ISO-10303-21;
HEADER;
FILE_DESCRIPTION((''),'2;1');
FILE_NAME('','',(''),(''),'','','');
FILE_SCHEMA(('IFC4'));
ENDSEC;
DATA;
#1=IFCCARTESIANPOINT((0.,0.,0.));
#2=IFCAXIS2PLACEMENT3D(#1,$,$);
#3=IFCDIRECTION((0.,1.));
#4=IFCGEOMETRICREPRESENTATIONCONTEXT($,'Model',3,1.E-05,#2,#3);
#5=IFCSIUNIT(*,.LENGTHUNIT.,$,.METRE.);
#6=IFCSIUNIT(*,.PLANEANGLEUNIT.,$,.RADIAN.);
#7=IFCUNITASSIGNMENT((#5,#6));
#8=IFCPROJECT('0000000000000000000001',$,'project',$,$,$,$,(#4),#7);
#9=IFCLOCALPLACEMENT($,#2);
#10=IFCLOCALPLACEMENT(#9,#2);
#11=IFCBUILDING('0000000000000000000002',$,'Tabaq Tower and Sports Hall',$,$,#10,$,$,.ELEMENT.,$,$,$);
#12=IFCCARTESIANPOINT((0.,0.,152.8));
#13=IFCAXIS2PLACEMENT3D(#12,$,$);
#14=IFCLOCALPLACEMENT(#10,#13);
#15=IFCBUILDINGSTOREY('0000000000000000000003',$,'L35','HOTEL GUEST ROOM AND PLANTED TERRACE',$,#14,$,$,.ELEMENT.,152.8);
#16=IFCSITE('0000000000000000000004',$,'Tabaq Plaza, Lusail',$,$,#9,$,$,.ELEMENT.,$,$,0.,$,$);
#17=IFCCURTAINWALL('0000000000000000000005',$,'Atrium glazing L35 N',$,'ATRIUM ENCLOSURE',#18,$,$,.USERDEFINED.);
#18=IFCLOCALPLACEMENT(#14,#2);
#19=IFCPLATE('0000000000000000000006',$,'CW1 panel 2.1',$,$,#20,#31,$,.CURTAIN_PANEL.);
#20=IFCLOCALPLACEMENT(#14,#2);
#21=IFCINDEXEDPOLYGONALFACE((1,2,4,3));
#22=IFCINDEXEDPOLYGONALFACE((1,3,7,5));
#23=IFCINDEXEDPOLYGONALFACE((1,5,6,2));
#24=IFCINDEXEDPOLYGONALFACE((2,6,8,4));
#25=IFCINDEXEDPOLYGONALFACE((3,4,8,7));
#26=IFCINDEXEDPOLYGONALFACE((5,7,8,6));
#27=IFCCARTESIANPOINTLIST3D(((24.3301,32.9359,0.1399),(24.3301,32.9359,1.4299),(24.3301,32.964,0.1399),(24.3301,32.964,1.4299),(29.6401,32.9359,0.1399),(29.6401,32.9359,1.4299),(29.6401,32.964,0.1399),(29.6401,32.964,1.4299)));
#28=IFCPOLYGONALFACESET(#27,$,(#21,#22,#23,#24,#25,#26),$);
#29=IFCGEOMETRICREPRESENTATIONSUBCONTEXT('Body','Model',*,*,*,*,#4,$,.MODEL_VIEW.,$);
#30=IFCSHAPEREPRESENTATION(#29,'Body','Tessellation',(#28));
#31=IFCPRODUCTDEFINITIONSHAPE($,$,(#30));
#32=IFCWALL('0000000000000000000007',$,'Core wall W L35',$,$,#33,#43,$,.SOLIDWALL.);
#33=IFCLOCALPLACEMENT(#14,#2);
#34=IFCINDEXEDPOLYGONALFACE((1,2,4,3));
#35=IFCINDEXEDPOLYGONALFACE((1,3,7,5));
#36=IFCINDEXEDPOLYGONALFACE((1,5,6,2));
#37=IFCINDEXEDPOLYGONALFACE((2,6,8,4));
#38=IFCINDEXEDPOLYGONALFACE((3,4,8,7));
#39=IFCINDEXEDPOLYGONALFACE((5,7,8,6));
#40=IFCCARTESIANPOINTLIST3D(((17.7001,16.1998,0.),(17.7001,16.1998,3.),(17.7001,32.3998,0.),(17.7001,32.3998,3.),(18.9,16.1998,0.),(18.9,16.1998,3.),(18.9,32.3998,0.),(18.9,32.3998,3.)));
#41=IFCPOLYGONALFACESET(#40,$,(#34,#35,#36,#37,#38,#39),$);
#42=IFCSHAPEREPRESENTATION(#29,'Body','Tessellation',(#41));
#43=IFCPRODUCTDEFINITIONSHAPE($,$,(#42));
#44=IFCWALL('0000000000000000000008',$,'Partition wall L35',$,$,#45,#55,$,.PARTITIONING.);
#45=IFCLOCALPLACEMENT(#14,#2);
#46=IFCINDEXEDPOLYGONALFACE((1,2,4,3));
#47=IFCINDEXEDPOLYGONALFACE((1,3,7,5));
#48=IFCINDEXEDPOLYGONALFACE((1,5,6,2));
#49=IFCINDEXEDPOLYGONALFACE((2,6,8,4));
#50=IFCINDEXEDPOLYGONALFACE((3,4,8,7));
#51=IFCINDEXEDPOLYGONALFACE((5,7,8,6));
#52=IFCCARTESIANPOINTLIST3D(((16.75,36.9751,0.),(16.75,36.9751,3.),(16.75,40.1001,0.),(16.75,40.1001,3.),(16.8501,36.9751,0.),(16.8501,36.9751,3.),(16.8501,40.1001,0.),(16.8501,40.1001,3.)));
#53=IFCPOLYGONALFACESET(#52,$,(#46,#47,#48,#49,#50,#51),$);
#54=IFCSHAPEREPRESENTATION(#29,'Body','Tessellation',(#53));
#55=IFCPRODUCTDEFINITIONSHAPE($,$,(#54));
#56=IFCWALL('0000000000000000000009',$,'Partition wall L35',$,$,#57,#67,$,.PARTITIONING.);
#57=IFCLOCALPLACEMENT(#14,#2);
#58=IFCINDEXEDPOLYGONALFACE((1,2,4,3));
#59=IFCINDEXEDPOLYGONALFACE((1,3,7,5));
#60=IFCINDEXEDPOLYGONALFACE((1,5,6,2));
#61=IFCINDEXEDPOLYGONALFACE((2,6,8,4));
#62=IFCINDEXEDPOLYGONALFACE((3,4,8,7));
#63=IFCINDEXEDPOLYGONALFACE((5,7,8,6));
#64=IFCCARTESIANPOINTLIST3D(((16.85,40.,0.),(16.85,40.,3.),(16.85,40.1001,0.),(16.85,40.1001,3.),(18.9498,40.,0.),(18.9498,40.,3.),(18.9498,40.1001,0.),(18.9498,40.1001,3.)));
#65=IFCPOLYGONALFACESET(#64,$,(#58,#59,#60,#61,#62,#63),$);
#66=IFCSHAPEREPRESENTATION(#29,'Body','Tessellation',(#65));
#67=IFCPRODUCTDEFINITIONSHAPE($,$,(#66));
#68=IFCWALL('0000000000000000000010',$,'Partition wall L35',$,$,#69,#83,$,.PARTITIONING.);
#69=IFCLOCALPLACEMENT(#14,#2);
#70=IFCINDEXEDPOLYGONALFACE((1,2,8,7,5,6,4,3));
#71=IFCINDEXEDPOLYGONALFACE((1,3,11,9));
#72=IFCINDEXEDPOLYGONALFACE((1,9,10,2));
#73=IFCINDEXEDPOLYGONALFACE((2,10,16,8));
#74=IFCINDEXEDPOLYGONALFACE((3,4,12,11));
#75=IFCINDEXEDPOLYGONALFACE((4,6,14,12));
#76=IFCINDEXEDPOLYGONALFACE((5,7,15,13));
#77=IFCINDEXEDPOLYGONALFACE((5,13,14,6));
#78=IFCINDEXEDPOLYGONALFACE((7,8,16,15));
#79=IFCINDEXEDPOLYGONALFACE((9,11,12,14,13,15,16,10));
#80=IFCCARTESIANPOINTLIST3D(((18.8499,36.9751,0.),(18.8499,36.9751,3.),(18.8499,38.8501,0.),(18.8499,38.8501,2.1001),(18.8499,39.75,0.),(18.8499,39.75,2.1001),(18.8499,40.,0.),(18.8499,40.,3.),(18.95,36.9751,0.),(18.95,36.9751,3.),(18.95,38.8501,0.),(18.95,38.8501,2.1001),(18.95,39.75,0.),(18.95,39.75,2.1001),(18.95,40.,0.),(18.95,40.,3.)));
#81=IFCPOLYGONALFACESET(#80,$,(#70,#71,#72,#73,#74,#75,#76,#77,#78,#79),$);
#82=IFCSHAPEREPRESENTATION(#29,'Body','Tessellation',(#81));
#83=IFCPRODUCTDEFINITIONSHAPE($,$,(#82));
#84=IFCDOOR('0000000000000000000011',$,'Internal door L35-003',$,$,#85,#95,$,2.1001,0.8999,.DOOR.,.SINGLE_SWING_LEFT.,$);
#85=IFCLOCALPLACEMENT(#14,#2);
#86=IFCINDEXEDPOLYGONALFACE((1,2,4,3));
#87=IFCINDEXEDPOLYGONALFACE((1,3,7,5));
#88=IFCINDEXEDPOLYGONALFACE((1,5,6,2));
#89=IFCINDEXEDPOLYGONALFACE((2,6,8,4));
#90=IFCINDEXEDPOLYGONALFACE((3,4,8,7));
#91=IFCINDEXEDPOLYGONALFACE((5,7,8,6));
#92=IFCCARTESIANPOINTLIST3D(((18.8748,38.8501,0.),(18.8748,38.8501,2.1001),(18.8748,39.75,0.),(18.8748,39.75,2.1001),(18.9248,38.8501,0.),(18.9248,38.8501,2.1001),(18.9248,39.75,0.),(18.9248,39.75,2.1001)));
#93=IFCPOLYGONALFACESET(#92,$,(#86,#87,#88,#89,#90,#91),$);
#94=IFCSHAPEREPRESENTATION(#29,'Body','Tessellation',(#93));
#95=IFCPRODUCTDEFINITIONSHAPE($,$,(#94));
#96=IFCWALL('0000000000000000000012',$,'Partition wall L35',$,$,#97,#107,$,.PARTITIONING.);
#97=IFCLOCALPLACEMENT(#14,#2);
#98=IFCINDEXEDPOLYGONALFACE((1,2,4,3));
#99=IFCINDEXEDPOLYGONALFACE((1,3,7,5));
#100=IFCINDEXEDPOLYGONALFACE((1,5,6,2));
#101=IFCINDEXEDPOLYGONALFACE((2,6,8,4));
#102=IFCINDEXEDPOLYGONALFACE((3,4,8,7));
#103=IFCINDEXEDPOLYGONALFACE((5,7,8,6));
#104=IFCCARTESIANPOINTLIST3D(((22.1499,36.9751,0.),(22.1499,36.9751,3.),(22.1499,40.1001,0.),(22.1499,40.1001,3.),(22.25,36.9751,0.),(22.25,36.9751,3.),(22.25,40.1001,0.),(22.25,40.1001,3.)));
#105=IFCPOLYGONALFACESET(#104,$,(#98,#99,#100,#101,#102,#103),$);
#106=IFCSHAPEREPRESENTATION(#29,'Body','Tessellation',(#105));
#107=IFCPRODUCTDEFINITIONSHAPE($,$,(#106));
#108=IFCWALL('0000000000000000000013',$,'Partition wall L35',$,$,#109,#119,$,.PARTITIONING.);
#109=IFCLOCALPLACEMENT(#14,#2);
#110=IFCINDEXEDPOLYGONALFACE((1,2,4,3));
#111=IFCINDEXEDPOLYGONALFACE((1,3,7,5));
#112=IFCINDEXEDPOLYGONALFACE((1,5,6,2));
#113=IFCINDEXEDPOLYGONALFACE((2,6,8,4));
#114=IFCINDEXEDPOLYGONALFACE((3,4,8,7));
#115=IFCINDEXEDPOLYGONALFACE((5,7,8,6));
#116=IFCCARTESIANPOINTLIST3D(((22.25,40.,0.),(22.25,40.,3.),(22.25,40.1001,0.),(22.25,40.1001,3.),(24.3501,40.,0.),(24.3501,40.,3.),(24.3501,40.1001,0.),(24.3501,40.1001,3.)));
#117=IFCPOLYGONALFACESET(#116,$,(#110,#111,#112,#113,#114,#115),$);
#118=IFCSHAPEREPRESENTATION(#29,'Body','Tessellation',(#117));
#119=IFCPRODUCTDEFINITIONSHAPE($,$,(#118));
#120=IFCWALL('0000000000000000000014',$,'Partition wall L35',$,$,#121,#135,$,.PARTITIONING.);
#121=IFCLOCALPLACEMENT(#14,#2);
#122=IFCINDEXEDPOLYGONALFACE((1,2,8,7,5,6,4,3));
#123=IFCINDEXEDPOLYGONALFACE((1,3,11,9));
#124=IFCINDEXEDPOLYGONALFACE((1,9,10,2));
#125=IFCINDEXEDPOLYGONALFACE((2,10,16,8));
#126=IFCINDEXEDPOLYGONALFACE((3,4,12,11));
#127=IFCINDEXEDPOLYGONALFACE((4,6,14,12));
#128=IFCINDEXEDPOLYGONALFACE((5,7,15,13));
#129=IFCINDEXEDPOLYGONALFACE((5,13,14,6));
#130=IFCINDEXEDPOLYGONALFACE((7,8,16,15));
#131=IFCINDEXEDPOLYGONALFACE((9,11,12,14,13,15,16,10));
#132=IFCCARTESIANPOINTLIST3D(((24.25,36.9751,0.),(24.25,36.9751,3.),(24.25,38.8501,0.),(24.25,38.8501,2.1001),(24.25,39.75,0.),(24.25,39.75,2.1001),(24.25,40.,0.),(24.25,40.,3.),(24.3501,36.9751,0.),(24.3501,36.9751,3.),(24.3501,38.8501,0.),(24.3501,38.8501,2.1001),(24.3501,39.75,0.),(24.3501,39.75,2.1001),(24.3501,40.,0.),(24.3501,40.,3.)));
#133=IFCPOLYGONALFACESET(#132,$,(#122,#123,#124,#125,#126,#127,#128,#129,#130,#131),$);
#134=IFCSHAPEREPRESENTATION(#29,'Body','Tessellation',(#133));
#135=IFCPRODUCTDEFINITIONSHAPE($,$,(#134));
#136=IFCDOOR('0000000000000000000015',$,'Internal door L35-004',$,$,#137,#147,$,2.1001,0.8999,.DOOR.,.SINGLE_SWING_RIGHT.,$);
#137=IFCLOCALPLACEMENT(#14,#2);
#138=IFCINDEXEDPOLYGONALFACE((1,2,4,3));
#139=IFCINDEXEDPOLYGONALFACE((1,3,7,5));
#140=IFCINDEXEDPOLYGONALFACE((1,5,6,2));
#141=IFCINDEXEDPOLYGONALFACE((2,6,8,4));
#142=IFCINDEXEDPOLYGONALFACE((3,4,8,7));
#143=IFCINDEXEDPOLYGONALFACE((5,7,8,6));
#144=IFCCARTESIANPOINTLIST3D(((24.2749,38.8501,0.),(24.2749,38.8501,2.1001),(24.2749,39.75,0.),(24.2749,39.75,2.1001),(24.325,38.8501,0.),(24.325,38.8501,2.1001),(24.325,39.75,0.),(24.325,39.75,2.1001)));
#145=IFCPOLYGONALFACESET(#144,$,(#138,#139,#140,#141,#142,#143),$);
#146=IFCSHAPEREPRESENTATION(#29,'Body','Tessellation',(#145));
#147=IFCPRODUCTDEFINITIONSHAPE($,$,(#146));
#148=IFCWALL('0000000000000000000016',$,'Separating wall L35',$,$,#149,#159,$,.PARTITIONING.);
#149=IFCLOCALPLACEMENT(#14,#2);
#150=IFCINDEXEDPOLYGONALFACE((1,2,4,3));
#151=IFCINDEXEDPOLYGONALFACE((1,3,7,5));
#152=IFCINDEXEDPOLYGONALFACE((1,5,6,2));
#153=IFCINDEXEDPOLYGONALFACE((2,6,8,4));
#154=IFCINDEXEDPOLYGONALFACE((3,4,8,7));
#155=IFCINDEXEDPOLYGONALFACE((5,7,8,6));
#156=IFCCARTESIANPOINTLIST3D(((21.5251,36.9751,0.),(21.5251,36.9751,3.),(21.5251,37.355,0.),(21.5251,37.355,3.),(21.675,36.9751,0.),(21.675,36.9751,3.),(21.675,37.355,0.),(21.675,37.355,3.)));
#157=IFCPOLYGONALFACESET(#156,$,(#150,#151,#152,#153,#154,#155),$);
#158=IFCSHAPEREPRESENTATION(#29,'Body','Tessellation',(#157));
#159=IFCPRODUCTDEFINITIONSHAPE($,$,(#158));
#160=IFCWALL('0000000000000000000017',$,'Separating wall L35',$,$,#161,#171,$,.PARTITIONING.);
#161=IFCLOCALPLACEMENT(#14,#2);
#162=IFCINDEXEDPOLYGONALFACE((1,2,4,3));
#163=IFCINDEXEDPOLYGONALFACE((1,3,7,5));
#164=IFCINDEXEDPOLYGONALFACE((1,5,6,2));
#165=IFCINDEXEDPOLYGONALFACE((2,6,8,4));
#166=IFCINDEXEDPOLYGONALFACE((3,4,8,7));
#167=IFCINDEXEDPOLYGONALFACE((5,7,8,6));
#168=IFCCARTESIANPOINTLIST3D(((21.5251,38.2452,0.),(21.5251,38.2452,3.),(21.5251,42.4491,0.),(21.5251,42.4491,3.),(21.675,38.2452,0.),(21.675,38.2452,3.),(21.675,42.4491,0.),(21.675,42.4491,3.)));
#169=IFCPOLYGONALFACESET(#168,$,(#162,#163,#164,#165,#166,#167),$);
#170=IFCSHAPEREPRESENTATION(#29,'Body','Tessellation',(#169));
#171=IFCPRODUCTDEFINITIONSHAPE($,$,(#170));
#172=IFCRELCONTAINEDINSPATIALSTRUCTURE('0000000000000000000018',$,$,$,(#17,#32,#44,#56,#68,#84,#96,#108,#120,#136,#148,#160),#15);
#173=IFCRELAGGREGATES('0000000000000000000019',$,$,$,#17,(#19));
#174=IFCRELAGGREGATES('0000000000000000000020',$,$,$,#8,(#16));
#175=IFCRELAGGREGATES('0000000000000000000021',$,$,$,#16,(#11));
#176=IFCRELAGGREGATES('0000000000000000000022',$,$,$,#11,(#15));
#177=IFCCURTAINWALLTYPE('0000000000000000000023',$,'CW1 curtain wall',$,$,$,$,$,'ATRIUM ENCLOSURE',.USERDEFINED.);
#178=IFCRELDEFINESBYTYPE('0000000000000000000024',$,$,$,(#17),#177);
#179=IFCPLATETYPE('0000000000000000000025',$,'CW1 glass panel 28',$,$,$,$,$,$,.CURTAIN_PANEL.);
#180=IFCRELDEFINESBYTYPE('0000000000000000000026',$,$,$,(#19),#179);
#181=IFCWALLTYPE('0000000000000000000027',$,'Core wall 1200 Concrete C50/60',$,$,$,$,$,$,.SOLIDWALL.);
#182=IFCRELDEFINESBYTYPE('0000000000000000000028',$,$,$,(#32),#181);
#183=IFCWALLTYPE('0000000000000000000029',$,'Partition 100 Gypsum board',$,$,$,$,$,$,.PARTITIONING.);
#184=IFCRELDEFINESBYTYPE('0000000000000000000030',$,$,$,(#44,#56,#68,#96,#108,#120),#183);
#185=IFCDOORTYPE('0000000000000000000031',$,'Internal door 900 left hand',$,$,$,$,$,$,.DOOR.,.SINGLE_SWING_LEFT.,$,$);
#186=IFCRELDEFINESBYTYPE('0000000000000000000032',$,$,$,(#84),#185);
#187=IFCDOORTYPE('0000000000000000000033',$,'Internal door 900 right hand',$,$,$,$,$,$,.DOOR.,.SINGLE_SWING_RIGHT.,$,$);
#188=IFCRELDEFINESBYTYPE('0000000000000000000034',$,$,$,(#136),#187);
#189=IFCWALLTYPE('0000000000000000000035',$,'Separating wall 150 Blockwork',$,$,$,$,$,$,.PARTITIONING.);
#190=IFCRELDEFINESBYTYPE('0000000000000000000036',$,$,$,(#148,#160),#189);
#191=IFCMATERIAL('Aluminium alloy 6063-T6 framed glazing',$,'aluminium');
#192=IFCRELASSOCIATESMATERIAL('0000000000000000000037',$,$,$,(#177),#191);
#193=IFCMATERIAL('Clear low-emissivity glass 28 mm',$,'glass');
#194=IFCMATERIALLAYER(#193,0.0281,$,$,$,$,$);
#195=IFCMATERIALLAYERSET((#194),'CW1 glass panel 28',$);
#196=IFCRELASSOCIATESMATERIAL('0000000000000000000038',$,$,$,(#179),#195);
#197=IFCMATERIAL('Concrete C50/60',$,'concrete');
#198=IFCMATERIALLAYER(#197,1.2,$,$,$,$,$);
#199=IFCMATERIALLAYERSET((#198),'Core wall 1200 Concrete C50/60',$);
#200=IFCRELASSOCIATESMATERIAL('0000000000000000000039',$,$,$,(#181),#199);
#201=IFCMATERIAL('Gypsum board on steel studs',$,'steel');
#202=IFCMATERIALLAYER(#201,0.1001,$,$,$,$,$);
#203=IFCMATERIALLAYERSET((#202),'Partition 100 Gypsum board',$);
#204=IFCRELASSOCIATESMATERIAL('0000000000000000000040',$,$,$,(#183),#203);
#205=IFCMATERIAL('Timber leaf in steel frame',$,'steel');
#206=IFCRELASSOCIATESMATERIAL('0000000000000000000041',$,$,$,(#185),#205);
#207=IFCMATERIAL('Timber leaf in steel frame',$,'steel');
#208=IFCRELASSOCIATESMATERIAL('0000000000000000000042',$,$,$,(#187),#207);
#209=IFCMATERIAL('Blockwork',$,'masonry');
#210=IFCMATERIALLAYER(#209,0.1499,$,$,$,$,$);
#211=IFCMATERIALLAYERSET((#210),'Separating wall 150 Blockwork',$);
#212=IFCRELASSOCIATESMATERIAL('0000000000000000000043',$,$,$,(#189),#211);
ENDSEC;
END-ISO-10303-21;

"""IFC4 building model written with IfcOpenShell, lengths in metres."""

from ifc_helpers import new_model, si_unit, direction, frame, frame_2d, origin, origin_2d, place, context, subcontext, project, spatial, rectangle, extrude, material, layer, layer_set, type_object, element, fill, aggregate, save


model = new_model("IFC4")

# Units and contexts
model_context = context("Model", 3, precision=1e-05, world=origin(), true_north=direction((0.0, 1.0)))
body_context = subcontext(model_context, "Body", "Model", "MODEL_VIEW")
ifc_project = project(units=[si_unit("LENGTHUNIT", "METRE"), si_unit("PLANEANGLEUNIT", "RADIAN")], contexts=[model_context])

# Site, building, storey
site_placement = place(None, origin())
site = spatial("IfcSite", under=ifc_project, at=site_placement, Name="Tabaq Plaza, Lusail", CompositionType="ELEMENT", RefElevation=0.0)
building_placement = place(site_placement, origin())
building = spatial("IfcBuilding", under=site, at=building_placement, Name="Tabaq Tower and Sports Hall", CompositionType="ELEMENT")
storey_placement = place(building_placement, frame((0.0, 0.0, 152.8)))
storey = spatial("IfcBuildingStorey", under=building, at=storey_placement, Name="L35", Description="HOTEL GUEST ROOM AND PLANTED TERRACE", CompositionType="ELEMENT", Elevation=152.8)

# Curtain wall, plate
ifc_material_1 = material(Name="Aluminium alloy 6063-T6 framed glazing", Category="aluminium")
curtain_wall_type = type_object("IfcCurtainWallType", Name="CW1 curtain wall", ElementType="ATRIUM ENCLOSURE", PredefinedType="USERDEFINED", material=ifc_material_1)
curtain_wall_placement = place(storey_placement, origin())
curtain_wall = element("IfcCurtainWall", 1, at=curtain_wall_placement, inside=storey, type_object=curtain_wall_type, Name="Atrium glazing L35 N", ObjectType="ATRIUM ENCLOSURE", PredefinedType="USERDEFINED")
ifc_material_2 = material(Name="Clear low-emissivity glass 28 mm", Category="glass")
ifc_layer_1 = layer(ifc_material_2, 0.0281)
ifc_layer_set_1 = layer_set([ifc_layer_1], Name="CW1 glass panel 28")
plate_type = type_object("IfcPlateType", Name="CW1 glass panel 28", PredefinedType="CURTAIN_PANEL", material=ifc_layer_set_1)
plate_1_placement = place(storey_placement, frame((26.9851, 32.95, 0.1399), z_axis=(0.0, 0.0, 1.0), x_axis=(1.0, 0.0, 0.0)))
plate_1 = element("IfcPlate", 2, at=plate_1_placement, type_object=plate_type, Name="CW1 panel 2.1", PredefinedType="CURTAIN_PANEL", context=body_context, shape_type="SweptSolid", body=[
    extrude(rectangle(XDim=5.3101, YDim=0.0281, at=origin_2d()), origin(), (0.0, 0.0, 1.0), 1.29),
])
aggregate(curtain_wall, [plate_1])

# Walls
ifc_material_3 = material(Name="Concrete C50/60", Category="concrete")
ifc_layer_2 = layer(ifc_material_3, 1.2)
ifc_layer_set_2 = layer_set([ifc_layer_2], Name="Core wall 1200 Concrete C50/60")
wall_type_1 = type_object("IfcWallType", Name="Core wall 1200 Concrete C50/60", PredefinedType="SOLIDWALL", material=ifc_layer_set_2)
wall_1_placement = place(storey_placement, frame((18.3, 32.3999, 0.0), z_axis=(0.0, 0.0, 1.0), x_axis=(0.0, -1.0, 0.0)))
element("IfcWall", 3, at=wall_1_placement, inside=storey, type_object=wall_type_1, Name="Core wall W L35", PredefinedType="SOLIDWALL", context=body_context, shape_type="SweptSolid", body=[
    extrude(rectangle(XDim=16.2, YDim=1.2, at=frame_2d((8.1001, 0.0))), origin(), (0.0, 0.0, 1.0), 3.0),
])
ifc_material_4 = material(Name="Gypsum board on steel studs", Category="steel")
ifc_layer_3 = layer(ifc_material_4, 0.1001)
ifc_layer_set_3 = layer_set([ifc_layer_3], Name="Partition 100 Gypsum board")
wall_type_2 = type_object("IfcWallType", Name="Partition 100 Gypsum board", PredefinedType="PARTITIONING", material=ifc_layer_set_3)
wall_2_placement = place(storey_placement, frame((16.8, 36.9751, 0.0), z_axis=(0.0, 0.0, 1.0), x_axis=(0.0, 1.0, 0.0)))
element("IfcWall", 4, at=wall_2_placement, inside=storey, type_object=wall_type_2, Name="Partition wall L35", PredefinedType="PARTITIONING", context=body_context, shape_type="SweptSolid", body=[
    extrude(rectangle(XDim=3.125, YDim=0.1001, at=frame_2d((1.5625, 0.0))), origin(), (0.0, 0.0, 1.0), 3.0),
])
wall_3_placement = place(storey_placement, frame((16.8501, 40.05, 0.0), z_axis=(0.0, 0.0, 1.0), x_axis=(1.0, 0.0, 0.0)))
element("IfcWall", 5, at=wall_3_placement, inside=storey, type_object=wall_type_2, Name="Partition wall L35", PredefinedType="PARTITIONING", context=body_context, shape_type="SweptSolid", body=[
    extrude(rectangle(XDim=2.0999, YDim=0.1001, at=frame_2d((1.0498, 0.0))), origin(), (0.0, 0.0, 1.0), 3.0),
])

# Wall, opening, door
wall_4_placement = place(storey_placement, frame((18.8999, 40.0, 0.0), z_axis=(0.0, 0.0, 1.0), x_axis=(0.0, -1.0, 0.0)))
wall_4 = element("IfcWall", 6, at=wall_4_placement, inside=storey, type_object=wall_type_2, Name="Partition wall L35", PredefinedType="PARTITIONING", context=body_context, shape_type="SweptSolid", body=[
    extrude(rectangle(XDim=3.0249, YDim=0.1001, at=frame_2d((1.5125, 0.0))), origin(), (0.0, 0.0, 1.0), 3.0),
])
opening_1_placement = place(wall_4_placement, frame((0.25, 0.0, 0.0)))
opening_1 = element("IfcOpeningElement", 7, at=opening_1_placement, cuts=wall_4, PredefinedType="OPENING", context=body_context, shape_type="SweptSolid", body=[
    extrude(rectangle(XDim=0.8999, YDim=2.1001, at=frame_2d((0.45, 1.05))), frame((0.0, 0.05, 0.0), z_axis=(0.0, -1.0, 0.0), x_axis=(1.0, 0.0, 0.0)), (0.0, 0.0, 1.0), 0.1001),
])
ifc_material_5 = material(Name="Timber leaf in steel frame", Category="steel")
door_type_1 = type_object("IfcDoorType", Name="Internal door 900 left hand", OperationType="SINGLE_SWING_LEFT", PredefinedType="DOOR", material=ifc_material_5)
door_1_placement = place(opening_1_placement, origin())
door_1 = element("IfcDoor", 8, at=door_1_placement, inside=storey, type_object=door_type_1, Name="Internal door L35-003", OperationType="SINGLE_SWING_LEFT", OverallHeight=2.1001, OverallWidth=0.8999, PredefinedType="DOOR", context=body_context, shape_type="SweptSolid", body=[
    extrude(rectangle(XDim=0.8999, YDim=2.1001, at=frame_2d((0.45, 1.05))), frame((0.0, 0.0249, 0.0), z_axis=(0.0, -1.0, 0.0), x_axis=(1.0, 0.0, 0.0)), (0.0, 0.0, 1.0), 0.05),
])
fill(opening_1, door_1)

# Walls
wall_5_placement = place(storey_placement, frame((22.2, 36.9751, 0.0), z_axis=(0.0, 0.0, 1.0), x_axis=(0.0, 1.0, 0.0)))
element("IfcWall", 9, at=wall_5_placement, inside=storey, type_object=wall_type_2, Name="Partition wall L35", PredefinedType="PARTITIONING", context=body_context, shape_type="SweptSolid", body=[
    extrude(rectangle(XDim=3.125, YDim=0.1001, at=frame_2d((1.5625, 0.0))), origin(), (0.0, 0.0, 1.0), 3.0),
])
wall_6_placement = place(storey_placement, frame((22.25, 40.05, 0.0), z_axis=(0.0, 0.0, 1.0), x_axis=(1.0, 0.0, 0.0)))
element("IfcWall", 10, at=wall_6_placement, inside=storey, type_object=wall_type_2, Name="Partition wall L35", PredefinedType="PARTITIONING", context=body_context, shape_type="SweptSolid", body=[
    extrude(rectangle(XDim=2.1001, YDim=0.1001, at=frame_2d((1.05, 0.0))), origin(), (0.0, 0.0, 1.0), 3.0),
])

# Wall, opening, door
wall_7_placement = place(storey_placement, frame((24.3, 40.0, 0.0), z_axis=(0.0, 0.0, 1.0), x_axis=(0.0, -1.0, 0.0)))
wall_7 = element("IfcWall", 11, at=wall_7_placement, inside=storey, type_object=wall_type_2, Name="Partition wall L35", PredefinedType="PARTITIONING", context=body_context, shape_type="SweptSolid", body=[
    extrude(rectangle(XDim=3.0249, YDim=0.1001, at=frame_2d((1.5125, 0.0))), origin(), (0.0, 0.0, 1.0), 3.0),
])
opening_2_placement = place(wall_7_placement, frame((0.25, 0.0, 0.0)))
opening_2 = element("IfcOpeningElement", 12, at=opening_2_placement, cuts=wall_7, PredefinedType="OPENING", context=body_context, shape_type="SweptSolid", body=[
    extrude(rectangle(XDim=0.8999, YDim=2.1001, at=frame_2d((0.45, 1.05))), frame((0.0, 0.05, 0.0), z_axis=(0.0, -1.0, 0.0), x_axis=(1.0, 0.0, 0.0)), (0.0, 0.0, 1.0), 0.1001),
])
ifc_material_6 = material(Name="Timber leaf in steel frame", Category="steel")
door_type_2 = type_object("IfcDoorType", Name="Internal door 900 right hand", OperationType="SINGLE_SWING_RIGHT", PredefinedType="DOOR", material=ifc_material_6)
door_2_placement = place(opening_2_placement, origin())
door_2 = element("IfcDoor", 13, at=door_2_placement, inside=storey, type_object=door_type_2, Name="Internal door L35-004", OperationType="SINGLE_SWING_RIGHT", OverallHeight=2.1001, OverallWidth=0.8999, PredefinedType="DOOR", context=body_context, shape_type="SweptSolid", body=[
    extrude(rectangle(XDim=0.8999, YDim=2.1001, at=frame_2d((0.45, 1.05))), frame((0.0, 0.0249, 0.0), z_axis=(0.0, -1.0, 0.0), x_axis=(1.0, 0.0, 0.0)), (0.0, 0.0, 1.0), 0.05),
])
fill(opening_2, door_2)

# Walls
ifc_material_7 = material(Name="Blockwork", Category="masonry")
ifc_layer_4 = layer(ifc_material_7, 0.1499)
ifc_layer_set_4 = layer_set([ifc_layer_4], Name="Separating wall 150 Blockwork")
wall_type_3 = type_object("IfcWallType", Name="Separating wall 150 Blockwork", PredefinedType="PARTITIONING", material=ifc_layer_set_4)
wall_8_placement = place(storey_placement, frame((21.6001, 36.9751, 0.0), z_axis=(0.0, 0.0, 1.0), x_axis=(0.0, 1.0, 0.0)))
element("IfcWall", 14, at=wall_8_placement, inside=storey, type_object=wall_type_3, Name="Separating wall L35", PredefinedType="PARTITIONING", context=body_context, shape_type="SweptSolid", body=[
    extrude(rectangle(XDim=0.3799, YDim=0.1499, at=frame_2d((0.1899, 0.0))), origin(), (0.0, 0.0, 1.0), 3.0),
])
wall_9_placement = place(storey_placement, frame((21.6001, 38.2451, 0.0), z_axis=(0.0, 0.0, 1.0), x_axis=(0.0, 1.0, 0.0)))
element("IfcWall", 15, at=wall_9_placement, inside=storey, type_object=wall_type_3, Name="Separating wall L35", PredefinedType="PARTITIONING", context=body_context, shape_type="SweptSolid", body=[
    extrude(rectangle(XDim=4.2039, YDim=0.1499, at=frame_2d((2.1021, 0.0))), origin(), (0.0, 0.0, 1.0), 3.0),
])

save(model, "model.ifc")
